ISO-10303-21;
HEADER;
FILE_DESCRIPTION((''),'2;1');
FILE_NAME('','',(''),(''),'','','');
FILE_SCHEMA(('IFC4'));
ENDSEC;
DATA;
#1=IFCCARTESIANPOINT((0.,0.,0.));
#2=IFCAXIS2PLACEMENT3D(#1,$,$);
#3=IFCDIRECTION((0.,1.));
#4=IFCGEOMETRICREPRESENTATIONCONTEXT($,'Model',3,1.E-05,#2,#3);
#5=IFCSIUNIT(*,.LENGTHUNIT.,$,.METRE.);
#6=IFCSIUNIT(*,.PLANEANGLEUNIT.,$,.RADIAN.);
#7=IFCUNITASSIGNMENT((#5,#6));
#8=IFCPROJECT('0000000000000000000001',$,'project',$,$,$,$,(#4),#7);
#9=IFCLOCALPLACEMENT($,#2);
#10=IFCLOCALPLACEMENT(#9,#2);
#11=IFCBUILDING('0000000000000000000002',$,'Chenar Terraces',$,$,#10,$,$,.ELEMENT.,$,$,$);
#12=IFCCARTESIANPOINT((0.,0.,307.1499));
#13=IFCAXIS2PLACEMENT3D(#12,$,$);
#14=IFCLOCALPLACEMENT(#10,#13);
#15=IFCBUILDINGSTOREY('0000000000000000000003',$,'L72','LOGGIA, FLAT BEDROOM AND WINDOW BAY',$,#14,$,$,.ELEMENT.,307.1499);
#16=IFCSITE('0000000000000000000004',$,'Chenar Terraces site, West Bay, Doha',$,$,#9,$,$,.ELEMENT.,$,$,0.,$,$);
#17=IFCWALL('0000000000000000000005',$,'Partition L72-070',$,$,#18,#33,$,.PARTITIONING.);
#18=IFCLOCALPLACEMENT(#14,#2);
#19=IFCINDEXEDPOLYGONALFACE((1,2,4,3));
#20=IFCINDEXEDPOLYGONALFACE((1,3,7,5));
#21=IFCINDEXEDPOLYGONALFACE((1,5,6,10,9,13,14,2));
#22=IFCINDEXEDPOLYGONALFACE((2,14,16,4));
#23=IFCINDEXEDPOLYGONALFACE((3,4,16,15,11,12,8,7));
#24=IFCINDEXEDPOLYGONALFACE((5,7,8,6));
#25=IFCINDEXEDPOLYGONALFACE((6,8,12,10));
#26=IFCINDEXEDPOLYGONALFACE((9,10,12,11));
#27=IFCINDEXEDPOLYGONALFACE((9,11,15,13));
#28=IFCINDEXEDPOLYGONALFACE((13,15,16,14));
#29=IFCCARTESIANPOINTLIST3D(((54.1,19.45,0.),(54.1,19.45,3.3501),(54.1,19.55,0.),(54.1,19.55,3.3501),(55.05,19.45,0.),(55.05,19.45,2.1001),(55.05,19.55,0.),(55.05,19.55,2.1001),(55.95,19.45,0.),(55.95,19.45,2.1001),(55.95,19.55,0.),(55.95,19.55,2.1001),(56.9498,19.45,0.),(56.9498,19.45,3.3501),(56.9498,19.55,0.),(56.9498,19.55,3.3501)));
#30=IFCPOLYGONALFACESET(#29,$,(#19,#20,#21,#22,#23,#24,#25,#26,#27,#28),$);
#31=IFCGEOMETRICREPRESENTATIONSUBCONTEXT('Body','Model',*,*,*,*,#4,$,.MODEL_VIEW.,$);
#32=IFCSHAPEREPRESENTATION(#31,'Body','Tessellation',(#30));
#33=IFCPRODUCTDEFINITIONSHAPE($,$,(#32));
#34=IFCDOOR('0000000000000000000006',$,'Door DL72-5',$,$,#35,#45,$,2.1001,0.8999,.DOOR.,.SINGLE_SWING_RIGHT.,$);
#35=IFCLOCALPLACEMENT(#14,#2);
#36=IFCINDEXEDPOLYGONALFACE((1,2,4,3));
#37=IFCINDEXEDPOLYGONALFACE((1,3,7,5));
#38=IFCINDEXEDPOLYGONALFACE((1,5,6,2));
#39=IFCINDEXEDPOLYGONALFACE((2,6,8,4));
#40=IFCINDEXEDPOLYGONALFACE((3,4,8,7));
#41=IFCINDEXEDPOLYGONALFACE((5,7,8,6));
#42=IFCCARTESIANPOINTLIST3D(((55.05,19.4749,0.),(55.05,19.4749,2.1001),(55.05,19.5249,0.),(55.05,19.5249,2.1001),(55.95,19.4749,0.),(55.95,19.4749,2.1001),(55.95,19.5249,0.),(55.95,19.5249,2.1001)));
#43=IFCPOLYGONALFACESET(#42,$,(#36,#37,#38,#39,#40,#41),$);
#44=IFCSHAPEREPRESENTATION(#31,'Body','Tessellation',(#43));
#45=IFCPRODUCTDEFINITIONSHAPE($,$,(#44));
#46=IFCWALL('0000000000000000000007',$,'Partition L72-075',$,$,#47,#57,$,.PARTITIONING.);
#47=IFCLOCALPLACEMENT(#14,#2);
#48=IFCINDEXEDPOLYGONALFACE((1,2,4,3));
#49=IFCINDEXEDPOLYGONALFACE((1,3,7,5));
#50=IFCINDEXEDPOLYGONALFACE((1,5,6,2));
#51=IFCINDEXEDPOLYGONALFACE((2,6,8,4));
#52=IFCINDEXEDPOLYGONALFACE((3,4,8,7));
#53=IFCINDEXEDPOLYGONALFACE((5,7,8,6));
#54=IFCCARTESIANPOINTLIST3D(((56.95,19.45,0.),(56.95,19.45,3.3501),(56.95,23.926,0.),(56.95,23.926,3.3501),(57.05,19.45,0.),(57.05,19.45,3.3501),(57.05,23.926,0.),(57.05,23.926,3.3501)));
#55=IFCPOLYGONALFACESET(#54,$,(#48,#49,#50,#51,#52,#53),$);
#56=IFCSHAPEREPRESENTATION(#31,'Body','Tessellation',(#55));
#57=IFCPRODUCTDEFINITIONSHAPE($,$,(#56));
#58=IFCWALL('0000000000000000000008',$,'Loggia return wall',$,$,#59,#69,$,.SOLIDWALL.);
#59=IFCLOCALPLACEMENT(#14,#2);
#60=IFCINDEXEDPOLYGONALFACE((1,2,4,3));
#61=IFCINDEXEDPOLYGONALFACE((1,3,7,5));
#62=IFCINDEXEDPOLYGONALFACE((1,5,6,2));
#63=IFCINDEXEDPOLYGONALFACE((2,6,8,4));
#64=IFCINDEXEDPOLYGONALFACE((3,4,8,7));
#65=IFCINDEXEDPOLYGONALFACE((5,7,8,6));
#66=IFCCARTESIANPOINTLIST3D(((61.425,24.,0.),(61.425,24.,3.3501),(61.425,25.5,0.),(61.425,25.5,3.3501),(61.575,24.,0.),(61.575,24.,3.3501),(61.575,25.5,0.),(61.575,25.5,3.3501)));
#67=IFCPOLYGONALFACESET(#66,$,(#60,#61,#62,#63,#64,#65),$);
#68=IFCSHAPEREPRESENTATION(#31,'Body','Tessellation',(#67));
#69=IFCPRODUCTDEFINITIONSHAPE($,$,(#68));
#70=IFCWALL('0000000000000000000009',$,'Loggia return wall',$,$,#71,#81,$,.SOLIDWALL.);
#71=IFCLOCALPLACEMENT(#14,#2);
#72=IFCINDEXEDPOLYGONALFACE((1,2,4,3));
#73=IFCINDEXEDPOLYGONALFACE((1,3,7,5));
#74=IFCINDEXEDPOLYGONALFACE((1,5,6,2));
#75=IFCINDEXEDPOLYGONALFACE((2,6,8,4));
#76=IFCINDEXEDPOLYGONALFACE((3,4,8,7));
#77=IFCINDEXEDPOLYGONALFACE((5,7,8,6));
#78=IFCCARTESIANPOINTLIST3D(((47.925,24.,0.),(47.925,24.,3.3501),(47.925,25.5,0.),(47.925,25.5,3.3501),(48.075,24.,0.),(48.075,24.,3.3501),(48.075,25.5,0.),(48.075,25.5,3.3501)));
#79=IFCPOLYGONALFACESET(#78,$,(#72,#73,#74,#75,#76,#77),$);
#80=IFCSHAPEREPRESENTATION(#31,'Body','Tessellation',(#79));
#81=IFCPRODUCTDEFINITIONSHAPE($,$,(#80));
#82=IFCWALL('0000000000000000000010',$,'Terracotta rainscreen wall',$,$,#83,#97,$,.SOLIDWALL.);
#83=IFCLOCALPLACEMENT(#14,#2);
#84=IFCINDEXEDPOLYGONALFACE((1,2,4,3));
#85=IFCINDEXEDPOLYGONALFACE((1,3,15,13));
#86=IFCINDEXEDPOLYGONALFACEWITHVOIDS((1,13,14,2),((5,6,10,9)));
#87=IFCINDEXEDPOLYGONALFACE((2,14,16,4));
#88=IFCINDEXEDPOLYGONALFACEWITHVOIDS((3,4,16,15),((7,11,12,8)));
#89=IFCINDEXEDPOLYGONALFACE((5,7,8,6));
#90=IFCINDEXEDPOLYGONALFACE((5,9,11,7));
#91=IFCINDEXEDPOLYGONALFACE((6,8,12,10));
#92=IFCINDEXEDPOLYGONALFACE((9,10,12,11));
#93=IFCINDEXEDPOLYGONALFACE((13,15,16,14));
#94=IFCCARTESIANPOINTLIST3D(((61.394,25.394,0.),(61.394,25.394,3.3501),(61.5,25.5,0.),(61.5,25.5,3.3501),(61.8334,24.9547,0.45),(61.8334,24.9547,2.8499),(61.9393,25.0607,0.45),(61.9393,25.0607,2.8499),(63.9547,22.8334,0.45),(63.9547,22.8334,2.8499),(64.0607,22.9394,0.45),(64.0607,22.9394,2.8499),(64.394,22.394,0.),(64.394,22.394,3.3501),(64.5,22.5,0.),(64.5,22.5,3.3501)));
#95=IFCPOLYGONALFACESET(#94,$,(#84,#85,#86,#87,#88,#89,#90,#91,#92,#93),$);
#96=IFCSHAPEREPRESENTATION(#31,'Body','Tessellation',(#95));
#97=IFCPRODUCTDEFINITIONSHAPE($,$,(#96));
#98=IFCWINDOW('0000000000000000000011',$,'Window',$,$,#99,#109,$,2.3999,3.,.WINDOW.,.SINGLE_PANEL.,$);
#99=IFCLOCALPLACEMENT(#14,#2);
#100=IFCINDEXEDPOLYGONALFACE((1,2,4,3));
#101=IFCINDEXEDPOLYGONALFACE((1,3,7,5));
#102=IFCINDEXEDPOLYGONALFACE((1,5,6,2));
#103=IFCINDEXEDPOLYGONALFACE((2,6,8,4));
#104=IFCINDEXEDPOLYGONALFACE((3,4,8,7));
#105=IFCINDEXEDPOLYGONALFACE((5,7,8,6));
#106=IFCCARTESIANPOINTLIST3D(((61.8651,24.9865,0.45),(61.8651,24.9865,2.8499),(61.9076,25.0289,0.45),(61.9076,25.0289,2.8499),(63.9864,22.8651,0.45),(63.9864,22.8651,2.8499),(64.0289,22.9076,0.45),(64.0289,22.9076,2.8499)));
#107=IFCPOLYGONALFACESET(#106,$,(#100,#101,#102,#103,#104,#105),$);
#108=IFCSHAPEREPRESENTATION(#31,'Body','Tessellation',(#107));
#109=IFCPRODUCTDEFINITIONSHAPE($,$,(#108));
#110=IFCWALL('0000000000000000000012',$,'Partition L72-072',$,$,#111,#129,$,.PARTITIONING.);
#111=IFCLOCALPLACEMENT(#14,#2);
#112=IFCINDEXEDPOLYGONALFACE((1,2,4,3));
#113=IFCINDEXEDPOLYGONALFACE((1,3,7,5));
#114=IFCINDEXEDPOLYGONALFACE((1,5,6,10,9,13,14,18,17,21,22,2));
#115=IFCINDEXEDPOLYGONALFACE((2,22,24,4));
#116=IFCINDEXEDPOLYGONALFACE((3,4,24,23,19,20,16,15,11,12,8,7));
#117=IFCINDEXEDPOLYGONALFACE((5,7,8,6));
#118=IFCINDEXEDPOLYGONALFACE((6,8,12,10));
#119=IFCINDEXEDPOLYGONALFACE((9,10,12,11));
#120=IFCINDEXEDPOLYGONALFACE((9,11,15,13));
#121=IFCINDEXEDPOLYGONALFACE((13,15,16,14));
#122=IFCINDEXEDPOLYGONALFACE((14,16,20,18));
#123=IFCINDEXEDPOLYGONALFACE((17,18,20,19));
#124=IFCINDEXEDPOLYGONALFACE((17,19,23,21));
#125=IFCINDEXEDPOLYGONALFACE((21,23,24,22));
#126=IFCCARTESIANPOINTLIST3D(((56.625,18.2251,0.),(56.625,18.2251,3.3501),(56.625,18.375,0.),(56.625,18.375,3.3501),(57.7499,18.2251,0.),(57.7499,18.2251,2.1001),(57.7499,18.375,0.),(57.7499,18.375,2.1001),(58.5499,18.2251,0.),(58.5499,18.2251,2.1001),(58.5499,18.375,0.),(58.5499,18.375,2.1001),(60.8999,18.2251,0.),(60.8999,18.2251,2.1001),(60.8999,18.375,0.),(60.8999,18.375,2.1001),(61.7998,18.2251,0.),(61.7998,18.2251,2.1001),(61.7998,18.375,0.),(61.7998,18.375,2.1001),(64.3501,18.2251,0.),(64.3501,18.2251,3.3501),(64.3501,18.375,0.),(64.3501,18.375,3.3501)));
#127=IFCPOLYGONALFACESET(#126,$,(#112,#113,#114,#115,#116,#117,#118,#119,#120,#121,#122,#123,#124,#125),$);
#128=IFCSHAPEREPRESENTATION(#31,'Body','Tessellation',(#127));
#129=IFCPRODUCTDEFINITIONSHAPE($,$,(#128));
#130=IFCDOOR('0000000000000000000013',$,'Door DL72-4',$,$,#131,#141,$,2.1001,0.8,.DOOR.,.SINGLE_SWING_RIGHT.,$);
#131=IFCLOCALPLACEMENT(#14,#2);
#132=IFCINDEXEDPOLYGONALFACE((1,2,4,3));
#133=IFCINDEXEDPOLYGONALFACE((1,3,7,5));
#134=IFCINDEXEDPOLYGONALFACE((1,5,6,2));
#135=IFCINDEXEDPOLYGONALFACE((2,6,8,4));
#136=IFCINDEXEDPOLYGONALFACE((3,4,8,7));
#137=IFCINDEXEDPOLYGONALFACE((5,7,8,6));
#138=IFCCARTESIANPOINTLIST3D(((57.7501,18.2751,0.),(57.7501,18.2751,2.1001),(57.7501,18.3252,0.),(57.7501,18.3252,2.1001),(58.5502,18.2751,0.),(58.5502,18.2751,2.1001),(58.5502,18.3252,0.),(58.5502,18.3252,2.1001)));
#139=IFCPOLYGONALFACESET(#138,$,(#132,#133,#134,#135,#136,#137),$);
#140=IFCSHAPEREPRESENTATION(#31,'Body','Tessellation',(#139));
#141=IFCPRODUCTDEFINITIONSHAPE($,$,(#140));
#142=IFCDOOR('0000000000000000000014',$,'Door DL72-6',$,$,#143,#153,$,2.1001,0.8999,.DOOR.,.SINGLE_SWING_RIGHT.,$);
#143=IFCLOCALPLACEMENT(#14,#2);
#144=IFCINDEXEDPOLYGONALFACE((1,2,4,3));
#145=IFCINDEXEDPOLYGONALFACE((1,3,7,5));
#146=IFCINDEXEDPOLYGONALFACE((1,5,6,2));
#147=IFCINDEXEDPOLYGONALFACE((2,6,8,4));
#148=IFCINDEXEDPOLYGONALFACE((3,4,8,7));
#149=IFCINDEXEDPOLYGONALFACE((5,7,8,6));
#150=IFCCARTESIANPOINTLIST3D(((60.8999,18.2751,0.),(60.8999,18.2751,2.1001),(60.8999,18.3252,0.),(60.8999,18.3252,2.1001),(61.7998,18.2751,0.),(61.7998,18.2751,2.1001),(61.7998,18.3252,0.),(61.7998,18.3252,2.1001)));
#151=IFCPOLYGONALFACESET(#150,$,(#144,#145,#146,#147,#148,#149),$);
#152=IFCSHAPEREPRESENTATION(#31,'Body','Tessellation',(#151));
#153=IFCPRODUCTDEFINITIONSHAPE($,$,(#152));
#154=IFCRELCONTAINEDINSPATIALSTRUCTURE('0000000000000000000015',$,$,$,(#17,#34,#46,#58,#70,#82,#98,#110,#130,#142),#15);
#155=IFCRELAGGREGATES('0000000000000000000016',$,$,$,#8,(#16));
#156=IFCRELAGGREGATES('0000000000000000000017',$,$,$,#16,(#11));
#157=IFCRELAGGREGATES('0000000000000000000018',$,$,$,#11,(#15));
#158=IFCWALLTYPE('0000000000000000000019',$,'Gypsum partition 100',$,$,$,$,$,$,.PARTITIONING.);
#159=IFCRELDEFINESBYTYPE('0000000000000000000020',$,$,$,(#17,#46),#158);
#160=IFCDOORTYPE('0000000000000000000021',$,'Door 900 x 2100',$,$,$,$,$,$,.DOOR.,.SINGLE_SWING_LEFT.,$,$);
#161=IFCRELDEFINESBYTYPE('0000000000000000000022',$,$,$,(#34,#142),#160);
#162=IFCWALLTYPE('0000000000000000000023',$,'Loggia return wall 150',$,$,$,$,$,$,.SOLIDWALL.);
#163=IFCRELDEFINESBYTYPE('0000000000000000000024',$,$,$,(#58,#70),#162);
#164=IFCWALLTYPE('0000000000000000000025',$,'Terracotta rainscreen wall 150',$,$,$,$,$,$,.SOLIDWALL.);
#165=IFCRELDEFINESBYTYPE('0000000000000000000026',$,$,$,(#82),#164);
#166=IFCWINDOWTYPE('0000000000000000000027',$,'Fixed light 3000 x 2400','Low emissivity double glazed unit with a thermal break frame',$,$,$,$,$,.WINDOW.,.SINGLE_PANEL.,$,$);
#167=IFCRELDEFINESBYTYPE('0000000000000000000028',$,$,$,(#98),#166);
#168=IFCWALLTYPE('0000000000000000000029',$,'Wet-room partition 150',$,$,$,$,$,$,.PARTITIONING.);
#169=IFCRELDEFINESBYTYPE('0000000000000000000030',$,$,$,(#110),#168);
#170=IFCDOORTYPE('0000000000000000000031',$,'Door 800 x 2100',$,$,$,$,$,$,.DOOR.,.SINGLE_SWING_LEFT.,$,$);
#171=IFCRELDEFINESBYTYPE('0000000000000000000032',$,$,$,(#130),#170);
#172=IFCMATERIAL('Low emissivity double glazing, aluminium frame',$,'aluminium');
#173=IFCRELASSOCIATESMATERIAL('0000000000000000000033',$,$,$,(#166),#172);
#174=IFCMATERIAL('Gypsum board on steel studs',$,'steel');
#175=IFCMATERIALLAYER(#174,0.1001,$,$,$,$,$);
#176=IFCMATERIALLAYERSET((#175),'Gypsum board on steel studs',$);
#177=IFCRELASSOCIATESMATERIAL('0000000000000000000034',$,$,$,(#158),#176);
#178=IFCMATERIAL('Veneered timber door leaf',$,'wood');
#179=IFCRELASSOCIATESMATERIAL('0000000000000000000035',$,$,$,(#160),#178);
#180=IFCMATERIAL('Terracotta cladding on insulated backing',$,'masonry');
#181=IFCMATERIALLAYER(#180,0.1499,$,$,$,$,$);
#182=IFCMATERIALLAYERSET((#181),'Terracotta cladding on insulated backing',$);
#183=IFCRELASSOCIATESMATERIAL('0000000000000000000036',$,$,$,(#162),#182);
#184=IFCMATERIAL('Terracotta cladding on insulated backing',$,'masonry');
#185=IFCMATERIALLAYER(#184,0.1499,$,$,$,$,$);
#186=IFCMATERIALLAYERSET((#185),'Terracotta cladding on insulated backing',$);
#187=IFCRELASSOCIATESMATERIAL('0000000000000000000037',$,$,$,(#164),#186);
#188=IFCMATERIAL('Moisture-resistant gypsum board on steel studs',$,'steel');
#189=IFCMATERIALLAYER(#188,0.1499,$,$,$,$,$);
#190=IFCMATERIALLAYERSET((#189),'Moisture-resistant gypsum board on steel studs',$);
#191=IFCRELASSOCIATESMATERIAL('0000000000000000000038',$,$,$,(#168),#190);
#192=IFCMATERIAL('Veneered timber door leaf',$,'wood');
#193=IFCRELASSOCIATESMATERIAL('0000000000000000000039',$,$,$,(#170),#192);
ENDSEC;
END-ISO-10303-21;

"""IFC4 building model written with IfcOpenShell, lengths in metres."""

from ifc_helpers import new_model, si_unit, direction, frame, frame_2d, origin, place, context, subcontext, project, spatial, rectangle, extrude, material, layer, layer_set, type_object, element, fill, save


model = new_model("IFC4")

# Units and contexts
model_context = context("Model", 3, precision=1e-05, world=origin(), true_north=direction((0.0, 1.0)))
body_context = subcontext(model_context, "Body", "Model", "MODEL_VIEW")
ifc_project = project(units=[si_unit("LENGTHUNIT", "METRE"), si_unit("PLANEANGLEUNIT", "RADIAN")], contexts=[model_context])

# Site, building, storey
site_placement = place(None, origin())
site = spatial("IfcSite", under=ifc_project, at=site_placement, Name="Chenar Terraces site, West Bay, Doha", CompositionType="ELEMENT", RefElevation=0.0)
building_placement = place(site_placement, origin())
building = spatial("IfcBuilding", under=site, at=building_placement, Name="Chenar Terraces", CompositionType="ELEMENT")
storey_placement = place(building_placement, frame((0.0, 0.0, 307.1499)))
storey = spatial("IfcBuildingStorey", under=building, at=storey_placement, Name="L72", Description="LOGGIA, FLAT BEDROOM AND WINDOW BAY", CompositionType="ELEMENT", Elevation=307.1499)

# Shared definitions
ifc_material_1 = material(Name="Low emissivity double glazing, aluminium frame", Category="aluminium")
window_type_1 = type_object("IfcWindowType", Name="Fixed light 3000 x 2400", Description="Low emissivity double glazed unit with a thermal break frame", PartitioningType="SINGLE_PANEL", PredefinedType="WINDOW", material=ifc_material_1)

# Wall, opening, door
ifc_material_2 = material(Name="Gypsum board on steel studs", Category="steel")
ifc_layer_1 = layer(ifc_material_2, 0.1001)
ifc_layer_set_1 = layer_set([ifc_layer_1], Name="Gypsum board on steel studs")
wall_type_1 = type_object("IfcWallType", Name="Gypsum partition 100", PredefinedType="PARTITIONING", material=ifc_layer_set_1)
wall_1_placement = place(storey_placement, frame((54.1001, 19.5, 0.0), z_axis=(0.0, 0.0, 1.0), x_axis=(1.0, 0.0, 0.0)))
wall_1 = element("IfcWall", 1, at=wall_1_placement, inside=storey, type_object=wall_type_1, Name="Partition L72-070", PredefinedType="PARTITIONING", context=body_context, shape_type="SweptSolid", body=[
    extrude(rectangle(XDim=2.8499, YDim=0.1001, at=frame_2d((1.4248, 0.0))), origin(), (0.0, 0.0, 1.0), 3.3501),
])
opening_1_placement = place(wall_1_placement, frame((0.95, 0.0, 0.0)))
opening_1 = element("IfcOpeningElement", 2, at=opening_1_placement, cuts=wall_1, PredefinedType="OPENING", context=body_context, shape_type="SweptSolid", body=[
    extrude(rectangle(XDim=0.8999, YDim=2.1001, at=frame_2d((0.45, 1.05))), frame((0.0, 0.0601, 0.0), z_axis=(0.0, -1.0, 0.0), x_axis=(1.0, 0.0, 0.0)), (0.0, 0.0, 1.0), 0.1201),
])
ifc_material_3 = material(Name="Veneered timber door leaf", Category="wood")
door_type_1 = type_object("IfcDoorType", Name="Door 900 x 2100", OperationType="SINGLE_SWING_LEFT", PredefinedType="DOOR", material=ifc_material_3)
door_1_placement = place(opening_1_placement, origin())
door_1 = element("IfcDoor", 3, at=door_1_placement, inside=storey, type_object=door_type_1, Name="Door DL72-5", OperationType="SINGLE_SWING_RIGHT", OverallHeight=2.1001, OverallWidth=0.8999, PredefinedType="DOOR", context=body_context, shape_type="SweptSolid", body=[
    extrude(rectangle(XDim=0.8999, YDim=2.1001, at=frame_2d((0.45, 1.05))), frame((0.0, 0.0249, 0.0), z_axis=(0.0, -1.0, 0.0), x_axis=(1.0, 0.0, 0.0)), (0.0, 0.0, 1.0), 0.05),
])
fill(opening_1, door_1)

# Walls
wall_2_placement = place(storey_placement, frame((57.0, 19.45, 0.0), z_axis=(0.0, 0.0, 1.0), x_axis=(0.0, 1.0, 0.0)))
element("IfcWall", 4, at=wall_2_placement, inside=storey, type_object=wall_type_1, Name="Partition L72-075", PredefinedType="PARTITIONING", context=body_context, shape_type="SweptSolid", body=[
    extrude(rectangle(XDim=4.4761, YDim=0.1001, at=frame_2d((2.238, 0.0))), origin(), (0.0, 0.0, 1.0), 3.3501),
])
ifc_material_4 = material(Name="Terracotta cladding on insulated backing", Category="masonry")
ifc_layer_2 = layer(ifc_material_4, 0.1499)
ifc_layer_set_2 = layer_set([ifc_layer_2], Name="Terracotta cladding on insulated backing")
wall_type_2 = type_object("IfcWallType", Name="Loggia return wall 150", PredefinedType="SOLIDWALL", material=ifc_layer_set_2)
for number, where, z_axis, x_axis, name in (
    (5, (61.5, 25.5, 0.0), (0.0, 0.0, 1.0), (0.0, -1.0, 0.0), "Loggia return wall"),
    (6, (48.0, 25.5, 0.0), (0.0, 0.0, 1.0), (0.0, -1.0, 0.0), "Loggia return wall"),
):
    element("IfcWall", number, at=place(storey_placement, frame(where, z_axis=z_axis, x_axis=x_axis)), inside=storey, type_object=wall_type_2, Name=name, PredefinedType="SOLIDWALL", context=body_context, shape_type="SweptSolid", body=[
        extrude(rectangle(XDim=1.5, YDim=0.1499, at=frame_2d((0.75, 0.0))), origin(), (0.0, 0.0, 1.0), 3.3501),
    ])

# Wall, opening, window
ifc_material_5 = material(Name="Terracotta cladding on insulated backing", Category="masonry")
ifc_layer_3 = layer(ifc_material_5, 0.1499)
ifc_layer_set_3 = layer_set([ifc_layer_3], Name="Terracotta cladding on insulated backing")
wall_type_3 = type_object("IfcWallType", Name="Terracotta rainscreen wall 150", PredefinedType="SOLIDWALL", material=ifc_layer_set_3)
wall_3_placement = place(storey_placement, frame((64.447, 22.447, 0.0), z_axis=(0.0, 0.0, 1.0), x_axis=(-0.707107, 0.707107, 0.0)))
wall_3 = element("IfcWall", 7, at=wall_3_placement, inside=storey, type_object=wall_type_3, Name="Terracotta rainscreen wall", PredefinedType="SOLIDWALL", context=body_context, shape_type="SweptSolid", body=[
    extrude(rectangle(XDim=4.2427, YDim=0.1499, at=frame_2d((2.1213, 0.0))), origin(), (0.0, 0.0, 1.0), 3.3501),
])
opening_2_placement = place(wall_3_placement, frame((0.6213, 0.0, 0.45)))
opening_2 = element("IfcOpeningElement", 8, at=opening_2_placement, cuts=wall_3, PredefinedType="OPENING", context=body_context, shape_type="SweptSolid", body=[
    extrude(rectangle(XDim=3.0, YDim=2.3999, at=frame_2d((1.5, 1.2))), frame((0.0, 0.085, 0.0), z_axis=(0.0, -1.0, 0.0), x_axis=(1.0, 0.0, 0.0)), (0.0, 0.0, 1.0), 0.1699),
])
window_1_placement = place(opening_2_placement, origin())
window_1 = element("IfcWindow", 9, at=window_1_placement, inside=storey, type_object=window_type_1, Name="Window", OverallHeight=2.3999, OverallWidth=3.0, PartitioningType="SINGLE_PANEL", PredefinedType="WINDOW", context=body_context, shape_type="SweptSolid", body=[
    extrude(rectangle(XDim=3.0, YDim=2.3999, at=frame_2d((1.5, 1.2))), frame((0.0, 0.03, 0.0), z_axis=(0.0, -1.0, 0.0), x_axis=(1.0, 0.0, 0.0)), (0.0, 0.0, 1.0), 0.0601),
])
fill(opening_2, window_1)

# Wall, openings, doors
ifc_material_6 = material(Name="Moisture-resistant gypsum board on steel studs", Category="steel")
ifc_layer_4 = layer(ifc_material_6, 0.1499)
ifc_layer_set_4 = layer_set([ifc_layer_4], Name="Moisture-resistant gypsum board on steel studs")
wall_type_4 = type_object("IfcWallType", Name="Wet-room partition 150", PredefinedType="PARTITIONING", material=ifc_layer_set_4)
wall_4_placement = place(storey_placement, frame((56.625, 18.3, 0.0), z_axis=(0.0, 0.0, 1.0), x_axis=(1.0, 0.0, 0.0)))
wall_4 = element("IfcWall", 10, at=wall_4_placement, inside=storey, type_object=wall_type_4, Name="Partition L72-072", PredefinedType="PARTITIONING", context=body_context, shape_type="SweptSolid", body=[
    extrude(rectangle(XDim=7.7251, YDim=0.1499, at=frame_2d((3.8625, 0.0))), origin(), (0.0, 0.0, 1.0), 3.3501),
])
opening_3_placement = place(wall_4_placement, frame((1.125, 0.0, 0.0)))
opening_3 = element("IfcOpeningElement", 11, at=opening_3_placement, cuts=wall_4, PredefinedType="OPENING", context=body_context, shape_type="SweptSolid", body=[
    extrude(rectangle(XDim=0.8, YDim=2.1001, at=frame_2d((0.3999, 1.05))), frame((0.0, 0.085, 0.0), z_axis=(0.0, -1.0, 0.0), x_axis=(1.0, 0.0, 0.0)), (0.0, 0.0, 1.0), 0.1699),
])
opening_4_placement = place(wall_4_placement, frame((4.2749, 0.0, 0.0)))
opening_4 = element("IfcOpeningElement", 12, at=opening_4_placement, cuts=wall_4, PredefinedType="OPENING", context=body_context, shape_type="SweptSolid", body=[
    extrude(rectangle(XDim=0.8999, YDim=2.1001, at=frame_2d((0.45, 1.05))), frame((0.0, 0.085, 0.0), z_axis=(0.0, -1.0, 0.0), x_axis=(1.0, 0.0, 0.0)), (0.0, 0.0, 1.0), 0.1699),
])
ifc_material_7 = material(Name="Veneered timber door leaf", Category="wood")
door_type_2 = type_object("IfcDoorType", Name="Door 800 x 2100", OperationType="SINGLE_SWING_LEFT", PredefinedType="DOOR", material=ifc_material_7)
door_2_placement = place(opening_3_placement, frame((0.8, 0.0, 0.0), z_axis=(0.0, 0.0, 1.0), x_axis=(-1.0, 0.0, 0.0)))
door_2 = element("IfcDoor", 13, at=door_2_placement, inside=storey, type_object=door_type_2, Name="Door DL72-4", OperationType="SINGLE_SWING_RIGHT", OverallHeight=2.1001, OverallWidth=0.8, PredefinedType="DOOR", context=body_context, shape_type="SweptSolid", body=[
    extrude(rectangle(XDim=0.8, YDim=2.1001, at=frame_2d((0.3999, 1.05))), frame((0.0, 0.0249, 0.0), z_axis=(0.0, -1.0, 0.0), x_axis=(1.0, 0.0, 0.0)), (0.0, 0.0, 1.0), 0.05),
])
fill(opening_3, door_2)
door_3_placement = place(opening_4_placement, frame((0.8999, 0.0, 0.0), z_axis=(0.0, 0.0, 1.0), x_axis=(-1.0, 0.0, 0.0)))
door_3 = element("IfcDoor", 14, at=door_3_placement, inside=storey, type_object=door_type_1, Name="Door DL72-6", OperationType="SINGLE_SWING_RIGHT", OverallHeight=2.1001, OverallWidth=0.8999, PredefinedType="DOOR", context=body_context, shape_type="SweptSolid", body=[
    extrude(rectangle(XDim=0.8999, YDim=2.1001, at=frame_2d((0.45, 1.05))), frame((0.0, 0.0249, 0.0), z_axis=(0.0, -1.0, 0.0), x_axis=(1.0, 0.0, 0.0)), (0.0, 0.0, 1.0), 0.05),
])
fill(opening_4, door_3)

save(model, "model.ifc")
